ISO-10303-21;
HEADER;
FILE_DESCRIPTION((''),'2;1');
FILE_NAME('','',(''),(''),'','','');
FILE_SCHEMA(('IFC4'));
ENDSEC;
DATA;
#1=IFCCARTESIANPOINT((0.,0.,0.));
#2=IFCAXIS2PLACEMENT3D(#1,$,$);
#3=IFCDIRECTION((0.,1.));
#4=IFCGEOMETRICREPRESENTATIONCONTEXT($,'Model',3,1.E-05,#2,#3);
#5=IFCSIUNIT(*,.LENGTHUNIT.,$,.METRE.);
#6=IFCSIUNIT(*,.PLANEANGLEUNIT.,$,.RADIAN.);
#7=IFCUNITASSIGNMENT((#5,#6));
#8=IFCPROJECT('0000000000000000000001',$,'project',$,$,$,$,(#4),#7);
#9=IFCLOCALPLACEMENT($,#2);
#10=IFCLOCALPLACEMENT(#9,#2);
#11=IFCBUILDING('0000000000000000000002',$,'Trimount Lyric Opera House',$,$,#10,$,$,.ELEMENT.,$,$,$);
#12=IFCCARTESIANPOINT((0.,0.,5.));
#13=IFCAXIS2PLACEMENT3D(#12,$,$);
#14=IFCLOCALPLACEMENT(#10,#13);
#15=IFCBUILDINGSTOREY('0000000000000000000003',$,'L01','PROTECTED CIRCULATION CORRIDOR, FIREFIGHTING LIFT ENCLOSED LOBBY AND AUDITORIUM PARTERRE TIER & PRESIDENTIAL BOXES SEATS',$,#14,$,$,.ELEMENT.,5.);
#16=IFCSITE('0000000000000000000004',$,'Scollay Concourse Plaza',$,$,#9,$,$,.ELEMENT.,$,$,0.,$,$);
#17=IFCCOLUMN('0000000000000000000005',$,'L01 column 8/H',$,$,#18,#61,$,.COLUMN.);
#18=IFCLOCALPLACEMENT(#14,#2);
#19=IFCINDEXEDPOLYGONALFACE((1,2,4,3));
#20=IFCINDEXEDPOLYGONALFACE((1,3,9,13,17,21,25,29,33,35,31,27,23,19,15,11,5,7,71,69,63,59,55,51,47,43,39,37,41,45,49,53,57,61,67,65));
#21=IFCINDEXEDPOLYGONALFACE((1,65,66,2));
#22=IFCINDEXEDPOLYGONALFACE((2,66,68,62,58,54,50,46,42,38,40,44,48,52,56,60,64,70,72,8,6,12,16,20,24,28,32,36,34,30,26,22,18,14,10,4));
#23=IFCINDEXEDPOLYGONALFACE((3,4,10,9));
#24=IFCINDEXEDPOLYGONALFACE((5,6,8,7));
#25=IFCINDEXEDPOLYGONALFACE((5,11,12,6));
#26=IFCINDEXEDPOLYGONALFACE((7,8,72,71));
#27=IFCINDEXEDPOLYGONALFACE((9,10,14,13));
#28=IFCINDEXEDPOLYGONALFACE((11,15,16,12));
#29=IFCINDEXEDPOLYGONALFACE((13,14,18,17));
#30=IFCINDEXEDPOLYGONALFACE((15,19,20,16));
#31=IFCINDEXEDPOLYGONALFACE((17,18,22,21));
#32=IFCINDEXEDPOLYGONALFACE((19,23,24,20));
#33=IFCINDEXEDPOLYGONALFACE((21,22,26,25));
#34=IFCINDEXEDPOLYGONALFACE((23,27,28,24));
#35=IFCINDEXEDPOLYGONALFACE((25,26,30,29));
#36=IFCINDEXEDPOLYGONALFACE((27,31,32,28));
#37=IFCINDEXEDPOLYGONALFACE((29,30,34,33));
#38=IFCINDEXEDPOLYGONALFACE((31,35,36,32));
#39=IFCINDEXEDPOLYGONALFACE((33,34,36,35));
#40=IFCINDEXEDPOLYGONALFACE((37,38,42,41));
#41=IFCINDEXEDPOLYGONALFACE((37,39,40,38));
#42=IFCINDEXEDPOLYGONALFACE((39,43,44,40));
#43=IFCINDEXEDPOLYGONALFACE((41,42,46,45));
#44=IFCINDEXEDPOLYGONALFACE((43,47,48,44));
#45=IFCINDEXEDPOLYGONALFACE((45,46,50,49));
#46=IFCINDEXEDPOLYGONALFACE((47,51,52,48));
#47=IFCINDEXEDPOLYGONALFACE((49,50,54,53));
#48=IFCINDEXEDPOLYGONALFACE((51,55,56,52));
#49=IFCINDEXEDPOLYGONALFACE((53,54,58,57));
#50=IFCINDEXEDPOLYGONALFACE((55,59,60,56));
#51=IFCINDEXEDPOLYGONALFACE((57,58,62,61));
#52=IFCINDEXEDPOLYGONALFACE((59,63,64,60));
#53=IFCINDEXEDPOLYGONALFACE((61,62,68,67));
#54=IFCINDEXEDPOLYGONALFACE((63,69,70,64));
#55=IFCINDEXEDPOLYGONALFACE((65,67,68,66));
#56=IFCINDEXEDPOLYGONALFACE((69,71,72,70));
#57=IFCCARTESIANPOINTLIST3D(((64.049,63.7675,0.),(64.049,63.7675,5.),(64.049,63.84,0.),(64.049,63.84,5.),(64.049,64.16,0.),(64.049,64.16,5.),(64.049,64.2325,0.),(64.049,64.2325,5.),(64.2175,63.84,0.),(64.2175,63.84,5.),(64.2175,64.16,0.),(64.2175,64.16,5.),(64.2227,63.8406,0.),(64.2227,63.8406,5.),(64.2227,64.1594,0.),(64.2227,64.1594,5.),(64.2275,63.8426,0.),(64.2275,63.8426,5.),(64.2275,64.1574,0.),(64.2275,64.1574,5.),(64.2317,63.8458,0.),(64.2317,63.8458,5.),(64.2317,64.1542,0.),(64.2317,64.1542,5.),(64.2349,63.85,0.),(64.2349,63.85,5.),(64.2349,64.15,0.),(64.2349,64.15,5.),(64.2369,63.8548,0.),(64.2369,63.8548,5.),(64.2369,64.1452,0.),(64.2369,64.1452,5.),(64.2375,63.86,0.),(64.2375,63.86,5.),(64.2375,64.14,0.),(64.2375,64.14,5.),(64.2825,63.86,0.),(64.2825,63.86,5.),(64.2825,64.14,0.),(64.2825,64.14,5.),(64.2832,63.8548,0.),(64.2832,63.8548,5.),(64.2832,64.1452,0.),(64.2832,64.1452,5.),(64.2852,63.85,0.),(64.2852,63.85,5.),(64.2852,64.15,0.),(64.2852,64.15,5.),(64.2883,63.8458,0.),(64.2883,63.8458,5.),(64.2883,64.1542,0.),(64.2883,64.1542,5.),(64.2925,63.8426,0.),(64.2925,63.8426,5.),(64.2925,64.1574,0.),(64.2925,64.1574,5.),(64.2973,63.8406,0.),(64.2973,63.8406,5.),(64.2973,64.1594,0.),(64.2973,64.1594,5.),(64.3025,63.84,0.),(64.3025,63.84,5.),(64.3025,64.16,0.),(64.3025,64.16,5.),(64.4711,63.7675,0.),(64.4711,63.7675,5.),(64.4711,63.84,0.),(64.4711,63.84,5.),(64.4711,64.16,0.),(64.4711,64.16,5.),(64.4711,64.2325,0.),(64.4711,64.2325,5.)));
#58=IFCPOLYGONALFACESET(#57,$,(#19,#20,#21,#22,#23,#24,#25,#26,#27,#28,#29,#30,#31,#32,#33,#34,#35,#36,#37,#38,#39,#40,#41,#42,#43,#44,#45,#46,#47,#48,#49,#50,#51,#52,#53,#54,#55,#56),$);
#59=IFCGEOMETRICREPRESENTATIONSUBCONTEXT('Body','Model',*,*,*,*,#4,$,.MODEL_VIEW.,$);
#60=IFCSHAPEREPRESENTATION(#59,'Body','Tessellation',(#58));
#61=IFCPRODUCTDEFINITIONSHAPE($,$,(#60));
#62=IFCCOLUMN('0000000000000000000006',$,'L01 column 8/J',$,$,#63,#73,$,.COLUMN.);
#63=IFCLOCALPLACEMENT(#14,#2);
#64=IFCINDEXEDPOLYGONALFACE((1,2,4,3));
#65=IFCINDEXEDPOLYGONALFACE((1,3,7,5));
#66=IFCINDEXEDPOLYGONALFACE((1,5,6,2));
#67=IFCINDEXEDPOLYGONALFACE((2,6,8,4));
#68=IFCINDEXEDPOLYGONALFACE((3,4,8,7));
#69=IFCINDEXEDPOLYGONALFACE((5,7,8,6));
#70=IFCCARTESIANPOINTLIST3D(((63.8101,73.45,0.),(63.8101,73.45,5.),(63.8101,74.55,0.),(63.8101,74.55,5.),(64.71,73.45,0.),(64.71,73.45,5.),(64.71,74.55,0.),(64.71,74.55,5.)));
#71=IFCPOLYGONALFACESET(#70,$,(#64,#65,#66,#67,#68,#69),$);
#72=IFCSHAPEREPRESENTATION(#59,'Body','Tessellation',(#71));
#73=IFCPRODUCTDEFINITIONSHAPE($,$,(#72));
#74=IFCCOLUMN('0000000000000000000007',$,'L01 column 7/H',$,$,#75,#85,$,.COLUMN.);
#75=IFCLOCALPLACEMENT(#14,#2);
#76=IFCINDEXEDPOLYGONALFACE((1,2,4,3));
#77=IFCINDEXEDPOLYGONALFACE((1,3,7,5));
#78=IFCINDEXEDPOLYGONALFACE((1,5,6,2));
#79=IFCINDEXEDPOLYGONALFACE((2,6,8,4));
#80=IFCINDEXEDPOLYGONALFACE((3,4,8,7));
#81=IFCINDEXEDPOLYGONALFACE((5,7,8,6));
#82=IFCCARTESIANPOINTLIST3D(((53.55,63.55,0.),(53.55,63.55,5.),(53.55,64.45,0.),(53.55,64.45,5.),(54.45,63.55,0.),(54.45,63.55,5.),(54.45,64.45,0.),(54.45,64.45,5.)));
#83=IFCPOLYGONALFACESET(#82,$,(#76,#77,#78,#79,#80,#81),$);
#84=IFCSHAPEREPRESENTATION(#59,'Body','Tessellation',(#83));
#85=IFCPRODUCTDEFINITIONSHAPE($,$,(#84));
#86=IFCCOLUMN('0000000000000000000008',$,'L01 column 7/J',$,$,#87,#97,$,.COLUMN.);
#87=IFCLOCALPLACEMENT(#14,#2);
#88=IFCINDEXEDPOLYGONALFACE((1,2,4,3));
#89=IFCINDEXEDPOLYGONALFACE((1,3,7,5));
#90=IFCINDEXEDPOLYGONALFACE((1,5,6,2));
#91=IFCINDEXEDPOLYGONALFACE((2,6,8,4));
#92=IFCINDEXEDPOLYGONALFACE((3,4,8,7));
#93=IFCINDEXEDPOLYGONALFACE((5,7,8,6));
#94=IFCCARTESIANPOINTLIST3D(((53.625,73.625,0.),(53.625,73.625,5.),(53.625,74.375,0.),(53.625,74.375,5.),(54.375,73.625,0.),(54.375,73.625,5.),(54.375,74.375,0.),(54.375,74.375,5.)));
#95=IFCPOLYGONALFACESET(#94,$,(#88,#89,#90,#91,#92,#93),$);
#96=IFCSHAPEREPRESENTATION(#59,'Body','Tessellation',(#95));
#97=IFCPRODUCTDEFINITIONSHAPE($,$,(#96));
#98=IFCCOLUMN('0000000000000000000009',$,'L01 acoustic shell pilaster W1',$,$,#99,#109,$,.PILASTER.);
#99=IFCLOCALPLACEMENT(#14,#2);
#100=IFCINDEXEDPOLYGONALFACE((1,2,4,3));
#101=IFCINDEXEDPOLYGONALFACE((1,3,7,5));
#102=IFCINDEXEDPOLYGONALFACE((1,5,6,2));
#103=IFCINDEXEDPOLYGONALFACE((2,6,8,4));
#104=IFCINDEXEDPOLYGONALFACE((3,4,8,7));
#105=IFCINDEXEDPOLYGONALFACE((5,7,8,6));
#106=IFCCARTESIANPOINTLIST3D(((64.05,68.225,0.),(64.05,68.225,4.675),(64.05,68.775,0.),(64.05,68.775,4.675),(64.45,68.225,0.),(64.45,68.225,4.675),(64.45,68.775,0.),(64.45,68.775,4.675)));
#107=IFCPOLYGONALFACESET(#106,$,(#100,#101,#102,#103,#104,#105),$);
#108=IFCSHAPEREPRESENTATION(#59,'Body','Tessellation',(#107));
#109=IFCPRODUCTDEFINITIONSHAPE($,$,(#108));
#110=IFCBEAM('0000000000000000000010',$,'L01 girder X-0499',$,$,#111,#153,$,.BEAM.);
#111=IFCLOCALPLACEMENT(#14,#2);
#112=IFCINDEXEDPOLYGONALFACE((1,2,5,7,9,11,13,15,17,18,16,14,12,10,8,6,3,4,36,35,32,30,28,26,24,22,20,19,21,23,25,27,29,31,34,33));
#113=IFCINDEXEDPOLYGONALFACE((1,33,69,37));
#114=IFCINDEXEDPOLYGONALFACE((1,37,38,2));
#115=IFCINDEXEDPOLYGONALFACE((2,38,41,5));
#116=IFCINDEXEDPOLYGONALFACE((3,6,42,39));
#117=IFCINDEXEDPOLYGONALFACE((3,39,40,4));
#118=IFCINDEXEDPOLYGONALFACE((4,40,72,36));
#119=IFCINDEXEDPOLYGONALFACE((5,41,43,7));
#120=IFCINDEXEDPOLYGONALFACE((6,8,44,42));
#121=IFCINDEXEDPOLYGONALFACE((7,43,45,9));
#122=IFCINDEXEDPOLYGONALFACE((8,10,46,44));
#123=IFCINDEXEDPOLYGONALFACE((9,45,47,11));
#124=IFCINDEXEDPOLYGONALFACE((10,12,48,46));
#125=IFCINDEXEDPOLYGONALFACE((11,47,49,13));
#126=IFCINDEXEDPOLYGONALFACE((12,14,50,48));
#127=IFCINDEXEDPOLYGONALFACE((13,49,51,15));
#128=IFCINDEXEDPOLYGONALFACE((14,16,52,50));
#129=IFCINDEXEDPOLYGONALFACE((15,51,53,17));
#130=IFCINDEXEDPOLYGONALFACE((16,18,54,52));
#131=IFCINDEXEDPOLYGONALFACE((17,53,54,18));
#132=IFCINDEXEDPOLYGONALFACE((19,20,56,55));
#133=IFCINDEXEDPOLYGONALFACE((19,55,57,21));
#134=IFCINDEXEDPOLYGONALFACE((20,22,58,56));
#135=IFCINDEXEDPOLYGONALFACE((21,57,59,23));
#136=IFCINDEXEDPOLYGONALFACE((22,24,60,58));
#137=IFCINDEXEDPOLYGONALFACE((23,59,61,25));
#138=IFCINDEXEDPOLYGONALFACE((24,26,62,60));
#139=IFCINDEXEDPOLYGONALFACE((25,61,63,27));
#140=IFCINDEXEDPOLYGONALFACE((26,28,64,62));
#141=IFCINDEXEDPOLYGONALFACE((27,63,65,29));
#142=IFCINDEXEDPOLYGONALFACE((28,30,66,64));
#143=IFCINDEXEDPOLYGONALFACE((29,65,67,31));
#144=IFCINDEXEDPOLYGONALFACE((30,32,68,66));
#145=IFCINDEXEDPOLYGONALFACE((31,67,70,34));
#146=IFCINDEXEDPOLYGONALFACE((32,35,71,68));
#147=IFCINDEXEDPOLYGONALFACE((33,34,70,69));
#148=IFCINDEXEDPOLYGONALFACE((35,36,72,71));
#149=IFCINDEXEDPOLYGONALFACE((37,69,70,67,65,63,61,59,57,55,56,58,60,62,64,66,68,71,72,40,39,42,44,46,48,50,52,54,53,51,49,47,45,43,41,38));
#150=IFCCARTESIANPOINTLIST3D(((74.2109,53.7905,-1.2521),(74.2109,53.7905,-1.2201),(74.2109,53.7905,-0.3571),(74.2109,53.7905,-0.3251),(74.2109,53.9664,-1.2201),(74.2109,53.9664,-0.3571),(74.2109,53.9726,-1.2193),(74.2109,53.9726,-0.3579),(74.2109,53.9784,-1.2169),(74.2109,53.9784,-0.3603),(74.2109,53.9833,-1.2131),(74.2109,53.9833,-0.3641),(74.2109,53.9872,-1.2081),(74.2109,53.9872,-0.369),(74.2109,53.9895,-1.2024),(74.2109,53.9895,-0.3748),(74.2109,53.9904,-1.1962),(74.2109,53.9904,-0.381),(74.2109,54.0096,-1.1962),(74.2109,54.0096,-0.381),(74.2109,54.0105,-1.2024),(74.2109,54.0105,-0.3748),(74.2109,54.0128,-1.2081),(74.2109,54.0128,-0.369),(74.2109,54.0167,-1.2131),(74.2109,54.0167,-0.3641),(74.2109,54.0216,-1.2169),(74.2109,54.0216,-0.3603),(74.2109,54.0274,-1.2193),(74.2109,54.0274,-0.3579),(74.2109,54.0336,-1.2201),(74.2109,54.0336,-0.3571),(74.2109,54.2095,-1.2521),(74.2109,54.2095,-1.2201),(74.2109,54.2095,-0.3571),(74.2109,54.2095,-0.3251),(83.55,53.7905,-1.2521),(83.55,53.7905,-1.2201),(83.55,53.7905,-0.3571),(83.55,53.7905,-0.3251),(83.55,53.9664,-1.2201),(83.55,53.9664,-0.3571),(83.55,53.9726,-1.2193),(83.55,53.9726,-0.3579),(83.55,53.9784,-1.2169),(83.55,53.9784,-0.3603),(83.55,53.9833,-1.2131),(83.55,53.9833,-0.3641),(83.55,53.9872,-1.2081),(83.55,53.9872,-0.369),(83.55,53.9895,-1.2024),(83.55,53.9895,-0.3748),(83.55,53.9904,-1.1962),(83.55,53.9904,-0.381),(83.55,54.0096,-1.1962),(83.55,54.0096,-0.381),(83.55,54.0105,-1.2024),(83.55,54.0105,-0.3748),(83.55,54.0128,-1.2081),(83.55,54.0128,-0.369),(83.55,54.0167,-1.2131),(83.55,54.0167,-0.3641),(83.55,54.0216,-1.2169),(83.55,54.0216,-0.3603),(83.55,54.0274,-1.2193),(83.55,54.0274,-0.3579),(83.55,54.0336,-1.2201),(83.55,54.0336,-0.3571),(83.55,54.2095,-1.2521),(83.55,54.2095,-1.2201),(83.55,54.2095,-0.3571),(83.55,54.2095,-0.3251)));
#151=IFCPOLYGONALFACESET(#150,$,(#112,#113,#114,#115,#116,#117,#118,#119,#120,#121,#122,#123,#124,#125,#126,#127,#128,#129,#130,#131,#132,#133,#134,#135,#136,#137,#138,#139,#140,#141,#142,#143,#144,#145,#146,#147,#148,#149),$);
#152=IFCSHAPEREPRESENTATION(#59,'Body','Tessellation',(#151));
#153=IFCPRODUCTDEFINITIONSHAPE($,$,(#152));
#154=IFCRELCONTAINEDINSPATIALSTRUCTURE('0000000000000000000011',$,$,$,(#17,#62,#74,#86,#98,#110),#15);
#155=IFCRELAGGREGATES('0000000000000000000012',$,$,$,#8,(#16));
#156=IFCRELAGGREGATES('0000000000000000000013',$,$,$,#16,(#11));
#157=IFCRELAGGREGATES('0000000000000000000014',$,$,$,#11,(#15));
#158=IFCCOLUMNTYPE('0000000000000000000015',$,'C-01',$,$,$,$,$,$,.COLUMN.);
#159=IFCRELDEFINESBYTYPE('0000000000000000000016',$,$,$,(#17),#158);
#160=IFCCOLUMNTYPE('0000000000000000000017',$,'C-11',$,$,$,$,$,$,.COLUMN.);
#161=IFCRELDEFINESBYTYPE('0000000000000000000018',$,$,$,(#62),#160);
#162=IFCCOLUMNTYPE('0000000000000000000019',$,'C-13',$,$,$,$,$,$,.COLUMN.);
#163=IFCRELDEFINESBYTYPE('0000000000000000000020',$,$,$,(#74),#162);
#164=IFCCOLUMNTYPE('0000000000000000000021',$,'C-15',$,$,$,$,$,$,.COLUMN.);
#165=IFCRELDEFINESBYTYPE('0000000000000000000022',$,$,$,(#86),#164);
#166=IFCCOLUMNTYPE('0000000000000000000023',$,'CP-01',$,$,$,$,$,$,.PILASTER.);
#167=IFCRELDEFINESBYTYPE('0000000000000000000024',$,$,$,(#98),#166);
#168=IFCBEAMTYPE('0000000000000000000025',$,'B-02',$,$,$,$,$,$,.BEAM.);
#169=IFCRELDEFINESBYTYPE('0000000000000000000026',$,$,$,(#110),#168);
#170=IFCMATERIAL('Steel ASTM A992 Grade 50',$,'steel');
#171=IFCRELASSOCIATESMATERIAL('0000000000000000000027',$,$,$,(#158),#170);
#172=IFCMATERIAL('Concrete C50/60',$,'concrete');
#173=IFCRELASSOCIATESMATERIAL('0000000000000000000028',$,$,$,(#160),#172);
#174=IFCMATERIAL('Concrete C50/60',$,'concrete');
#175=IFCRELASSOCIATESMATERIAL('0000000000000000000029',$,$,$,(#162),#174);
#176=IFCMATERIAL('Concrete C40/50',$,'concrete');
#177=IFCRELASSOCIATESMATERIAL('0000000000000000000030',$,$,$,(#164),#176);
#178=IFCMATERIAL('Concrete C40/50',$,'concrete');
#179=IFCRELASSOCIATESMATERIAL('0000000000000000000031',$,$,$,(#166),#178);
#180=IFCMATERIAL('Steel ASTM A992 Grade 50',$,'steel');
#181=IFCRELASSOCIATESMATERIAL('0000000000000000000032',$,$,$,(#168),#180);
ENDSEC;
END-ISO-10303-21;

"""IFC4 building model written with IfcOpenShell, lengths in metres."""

from ifc_helpers import new_model, si_unit, direction, frame, origin, origin_2d, place, context, subcontext, project, spatial, rectangle, i_section, extrude, material, material_profile, profile_set, type_object, element, save


model = new_model("IFC4")

# Units and contexts
model_context = context("Model", 3, precision=1e-05, world=origin(), true_north=direction((0.0, 1.0)))
body_context = subcontext(model_context, "Body", "Model", "MODEL_VIEW")
ifc_project = project(units=[si_unit("LENGTHUNIT", "METRE"), si_unit("PLANEANGLEUNIT", "RADIAN")], contexts=[model_context])

# Site, building, storey
site_placement = place(None, origin())
site = spatial("IfcSite", under=ifc_project, at=site_placement, Name="Scollay Concourse Plaza", CompositionType="ELEMENT", RefElevation=0.0)
building_placement = place(site_placement, origin())
building = spatial("IfcBuilding", under=site, at=building_placement, Name="Trimount Lyric Opera House", CompositionType="ELEMENT")
storey_placement = place(building_placement, frame((0.0, 0.0, 5.0)))
storey = spatial("IfcBuildingStorey", under=building, at=storey_placement, Name="L01", Description="PROTECTED CIRCULATION CORRIDOR, FIREFIGHTING LIFT ENCLOSED LOBBY AND AUDITORIUM PARTERRE TIER & PRESIDENTIAL BOXES SEATS", CompositionType="ELEMENT", Elevation=5.0)

# Columns
ifc_material_1 = material(Name="Steel ASTM A992 Grade 50", Category="steel")
ifc_material_profile_1 = material_profile(ifc_material_1, i_section(OverallWidth=0.4221, OverallDepth=0.4651, WebThickness=0.0449, FlangeThickness=0.0725, FilletRadius=0.02, at=origin_2d()), Name="W14X398")
ifc_profile_set_1 = profile_set([ifc_material_profile_1], Name="Steel ASTM A992 Grade 50")
column_type_1 = type_object("IfcColumnType", Name="C-01", PredefinedType="COLUMN", material=ifc_profile_set_1)
column_1_placement = place(storey_placement, frame((64.26, 64.0, 0.0), z_axis=(0.0, 0.0, 1.0), x_axis=(1.0, 0.0, 0.0)))
element("IfcColumn", 1, at=column_1_placement, inside=storey, type_object=column_type_1, Name="L01 column 8/H", PredefinedType="COLUMN", context=body_context, shape_type="SweptSolid", body=[
    extrude(i_section(OverallWidth=0.4221, OverallDepth=0.4651, WebThickness=0.0449, FlangeThickness=0.0725, FilletRadius=0.02, at=origin_2d()), origin(), (0.0, 0.0, 1.0), 5.0),
])
ifc_material_2 = material(Name="Concrete C50/60", Category="concrete")
ifc_material_profile_2 = material_profile(ifc_material_2, rectangle(XDim=0.8999, YDim=1.1001, at=origin_2d()), Name="RC1100X900")
ifc_profile_set_2 = profile_set([ifc_material_profile_2], Name="Concrete C50/60")
column_type_2 = type_object("IfcColumnType", Name="C-11", PredefinedType="COLUMN", material=ifc_profile_set_2)
column_2_placement = place(storey_placement, frame((64.26, 74.0, 0.0), z_axis=(0.0, 0.0, 1.0), x_axis=(1.0, 0.0, 0.0)))
element("IfcColumn", 2, at=column_2_placement, inside=storey, type_object=column_type_2, Name="L01 column 8/J", PredefinedType="COLUMN", context=body_context, shape_type="SweptSolid", body=[
    extrude(rectangle(XDim=0.8999, YDim=1.1001, at=origin_2d()), origin(), (0.0, 0.0, 1.0), 5.0),
])
ifc_material_3 = material(Name="Concrete C50/60", Category="concrete")
ifc_material_profile_3 = material_profile(ifc_material_3, rectangle(XDim=0.8999, YDim=0.8999, at=origin_2d()), Name="RC900X900")
ifc_profile_set_3 = profile_set([ifc_material_profile_3], Name="Concrete C50/60")
column_type_3 = type_object("IfcColumnType", Name="C-13", PredefinedType="COLUMN", material=ifc_profile_set_3)
column_3_placement = place(storey_placement, frame((54.0, 64.0, 0.0), z_axis=(0.0, 0.0, 1.0), x_axis=(1.0, 0.0, 0.0)))
element("IfcColumn", 3, at=column_3_placement, inside=storey, type_object=column_type_3, Name="L01 column 7/H", PredefinedType="COLUMN", context=body_context, shape_type="SweptSolid", body=[
    extrude(rectangle(XDim=0.8999, YDim=0.8999, at=origin_2d()), origin(), (0.0, 0.0, 1.0), 5.0),
])
ifc_material_4 = material(Name="Concrete C40/50", Category="concrete")
ifc_material_profile_4 = material_profile(ifc_material_4, rectangle(XDim=0.75, YDim=0.75, at=origin_2d()), Name="RC750X750")
ifc_profile_set_4 = profile_set([ifc_material_profile_4], Name="Concrete C40/50")
column_type_4 = type_object("IfcColumnType", Name="C-15", PredefinedType="COLUMN", material=ifc_profile_set_4)
column_4_placement = place(storey_placement, frame((54.0, 74.0, 0.0), z_axis=(0.0, 0.0, 1.0), x_axis=(1.0, 0.0, 0.0)))
element("IfcColumn", 4, at=column_4_placement, inside=storey, type_object=column_type_4, Name="L01 column 7/J", PredefinedType="COLUMN", context=body_context, shape_type="SweptSolid", body=[
    extrude(rectangle(XDim=0.75, YDim=0.75, at=origin_2d()), origin(), (0.0, 0.0, 1.0), 5.0),
])
ifc_material_5 = material(Name="Concrete C40/50", Category="concrete")
ifc_material_profile_5 = material_profile(ifc_material_5, rectangle(XDim=0.3999, YDim=0.55, at=origin_2d()), Name="RC550X400")
ifc_profile_set_5 = profile_set([ifc_material_profile_5], Name="Concrete C40/50")
column_type_5 = type_object("IfcColumnType", Name="CP-01", PredefinedType="PILASTER", material=ifc_profile_set_5)
column_5_placement = place(storey_placement, frame((64.25, 68.5, 0.0), z_axis=(0.0, 0.0, 1.0), x_axis=(1.0, 0.0, 0.0)))
element("IfcColumn", 5, at=column_5_placement, inside=storey, type_object=column_type_5, Name="L01 acoustic shell pilaster W1", PredefinedType="PILASTER", context=body_context, shape_type="SweptSolid", body=[
    extrude(rectangle(XDim=0.3999, YDim=0.55, at=origin_2d()), origin(), (0.0, 0.0, 1.0), 4.675),
])

# Beam
ifc_material_6 = material(Name="Steel ASTM A992 Grade 50", Category="steel")
ifc_material_profile_6 = material_profile(ifc_material_6, i_section(OverallWidth=0.4189, OverallDepth=0.927, WebThickness=0.0193, FlangeThickness=0.032, FilletRadius=0.0239, at=origin_2d()), Name="W36X231")
ifc_profile_set_6 = profile_set([ifc_material_profile_6], Name="Steel ASTM A992 Grade 50")
beam_type_1 = type_object("IfcBeamType", Name="B-02", PredefinedType="BEAM", material=ifc_profile_set_6)
beam_1_placement = place(storey_placement, frame((74.2109, 54.0, -0.7886), z_axis=(1.0, 0.0, 0.0), x_axis=(0.0, 1.0, 0.0)))
element("IfcBeam", 6, at=beam_1_placement, inside=storey, type_object=beam_type_1, Name="L01 girder X-0499", PredefinedType="BEAM", context=body_context, shape_type="SweptSolid", body=[
    extrude(i_section(OverallWidth=0.4189, OverallDepth=0.927, WebThickness=0.0193, FlangeThickness=0.032, FilletRadius=0.0239, at=origin_2d()), origin(), (0.0, 0.0, 1.0), 9.3391),
])

save(model, "model.ifc")
